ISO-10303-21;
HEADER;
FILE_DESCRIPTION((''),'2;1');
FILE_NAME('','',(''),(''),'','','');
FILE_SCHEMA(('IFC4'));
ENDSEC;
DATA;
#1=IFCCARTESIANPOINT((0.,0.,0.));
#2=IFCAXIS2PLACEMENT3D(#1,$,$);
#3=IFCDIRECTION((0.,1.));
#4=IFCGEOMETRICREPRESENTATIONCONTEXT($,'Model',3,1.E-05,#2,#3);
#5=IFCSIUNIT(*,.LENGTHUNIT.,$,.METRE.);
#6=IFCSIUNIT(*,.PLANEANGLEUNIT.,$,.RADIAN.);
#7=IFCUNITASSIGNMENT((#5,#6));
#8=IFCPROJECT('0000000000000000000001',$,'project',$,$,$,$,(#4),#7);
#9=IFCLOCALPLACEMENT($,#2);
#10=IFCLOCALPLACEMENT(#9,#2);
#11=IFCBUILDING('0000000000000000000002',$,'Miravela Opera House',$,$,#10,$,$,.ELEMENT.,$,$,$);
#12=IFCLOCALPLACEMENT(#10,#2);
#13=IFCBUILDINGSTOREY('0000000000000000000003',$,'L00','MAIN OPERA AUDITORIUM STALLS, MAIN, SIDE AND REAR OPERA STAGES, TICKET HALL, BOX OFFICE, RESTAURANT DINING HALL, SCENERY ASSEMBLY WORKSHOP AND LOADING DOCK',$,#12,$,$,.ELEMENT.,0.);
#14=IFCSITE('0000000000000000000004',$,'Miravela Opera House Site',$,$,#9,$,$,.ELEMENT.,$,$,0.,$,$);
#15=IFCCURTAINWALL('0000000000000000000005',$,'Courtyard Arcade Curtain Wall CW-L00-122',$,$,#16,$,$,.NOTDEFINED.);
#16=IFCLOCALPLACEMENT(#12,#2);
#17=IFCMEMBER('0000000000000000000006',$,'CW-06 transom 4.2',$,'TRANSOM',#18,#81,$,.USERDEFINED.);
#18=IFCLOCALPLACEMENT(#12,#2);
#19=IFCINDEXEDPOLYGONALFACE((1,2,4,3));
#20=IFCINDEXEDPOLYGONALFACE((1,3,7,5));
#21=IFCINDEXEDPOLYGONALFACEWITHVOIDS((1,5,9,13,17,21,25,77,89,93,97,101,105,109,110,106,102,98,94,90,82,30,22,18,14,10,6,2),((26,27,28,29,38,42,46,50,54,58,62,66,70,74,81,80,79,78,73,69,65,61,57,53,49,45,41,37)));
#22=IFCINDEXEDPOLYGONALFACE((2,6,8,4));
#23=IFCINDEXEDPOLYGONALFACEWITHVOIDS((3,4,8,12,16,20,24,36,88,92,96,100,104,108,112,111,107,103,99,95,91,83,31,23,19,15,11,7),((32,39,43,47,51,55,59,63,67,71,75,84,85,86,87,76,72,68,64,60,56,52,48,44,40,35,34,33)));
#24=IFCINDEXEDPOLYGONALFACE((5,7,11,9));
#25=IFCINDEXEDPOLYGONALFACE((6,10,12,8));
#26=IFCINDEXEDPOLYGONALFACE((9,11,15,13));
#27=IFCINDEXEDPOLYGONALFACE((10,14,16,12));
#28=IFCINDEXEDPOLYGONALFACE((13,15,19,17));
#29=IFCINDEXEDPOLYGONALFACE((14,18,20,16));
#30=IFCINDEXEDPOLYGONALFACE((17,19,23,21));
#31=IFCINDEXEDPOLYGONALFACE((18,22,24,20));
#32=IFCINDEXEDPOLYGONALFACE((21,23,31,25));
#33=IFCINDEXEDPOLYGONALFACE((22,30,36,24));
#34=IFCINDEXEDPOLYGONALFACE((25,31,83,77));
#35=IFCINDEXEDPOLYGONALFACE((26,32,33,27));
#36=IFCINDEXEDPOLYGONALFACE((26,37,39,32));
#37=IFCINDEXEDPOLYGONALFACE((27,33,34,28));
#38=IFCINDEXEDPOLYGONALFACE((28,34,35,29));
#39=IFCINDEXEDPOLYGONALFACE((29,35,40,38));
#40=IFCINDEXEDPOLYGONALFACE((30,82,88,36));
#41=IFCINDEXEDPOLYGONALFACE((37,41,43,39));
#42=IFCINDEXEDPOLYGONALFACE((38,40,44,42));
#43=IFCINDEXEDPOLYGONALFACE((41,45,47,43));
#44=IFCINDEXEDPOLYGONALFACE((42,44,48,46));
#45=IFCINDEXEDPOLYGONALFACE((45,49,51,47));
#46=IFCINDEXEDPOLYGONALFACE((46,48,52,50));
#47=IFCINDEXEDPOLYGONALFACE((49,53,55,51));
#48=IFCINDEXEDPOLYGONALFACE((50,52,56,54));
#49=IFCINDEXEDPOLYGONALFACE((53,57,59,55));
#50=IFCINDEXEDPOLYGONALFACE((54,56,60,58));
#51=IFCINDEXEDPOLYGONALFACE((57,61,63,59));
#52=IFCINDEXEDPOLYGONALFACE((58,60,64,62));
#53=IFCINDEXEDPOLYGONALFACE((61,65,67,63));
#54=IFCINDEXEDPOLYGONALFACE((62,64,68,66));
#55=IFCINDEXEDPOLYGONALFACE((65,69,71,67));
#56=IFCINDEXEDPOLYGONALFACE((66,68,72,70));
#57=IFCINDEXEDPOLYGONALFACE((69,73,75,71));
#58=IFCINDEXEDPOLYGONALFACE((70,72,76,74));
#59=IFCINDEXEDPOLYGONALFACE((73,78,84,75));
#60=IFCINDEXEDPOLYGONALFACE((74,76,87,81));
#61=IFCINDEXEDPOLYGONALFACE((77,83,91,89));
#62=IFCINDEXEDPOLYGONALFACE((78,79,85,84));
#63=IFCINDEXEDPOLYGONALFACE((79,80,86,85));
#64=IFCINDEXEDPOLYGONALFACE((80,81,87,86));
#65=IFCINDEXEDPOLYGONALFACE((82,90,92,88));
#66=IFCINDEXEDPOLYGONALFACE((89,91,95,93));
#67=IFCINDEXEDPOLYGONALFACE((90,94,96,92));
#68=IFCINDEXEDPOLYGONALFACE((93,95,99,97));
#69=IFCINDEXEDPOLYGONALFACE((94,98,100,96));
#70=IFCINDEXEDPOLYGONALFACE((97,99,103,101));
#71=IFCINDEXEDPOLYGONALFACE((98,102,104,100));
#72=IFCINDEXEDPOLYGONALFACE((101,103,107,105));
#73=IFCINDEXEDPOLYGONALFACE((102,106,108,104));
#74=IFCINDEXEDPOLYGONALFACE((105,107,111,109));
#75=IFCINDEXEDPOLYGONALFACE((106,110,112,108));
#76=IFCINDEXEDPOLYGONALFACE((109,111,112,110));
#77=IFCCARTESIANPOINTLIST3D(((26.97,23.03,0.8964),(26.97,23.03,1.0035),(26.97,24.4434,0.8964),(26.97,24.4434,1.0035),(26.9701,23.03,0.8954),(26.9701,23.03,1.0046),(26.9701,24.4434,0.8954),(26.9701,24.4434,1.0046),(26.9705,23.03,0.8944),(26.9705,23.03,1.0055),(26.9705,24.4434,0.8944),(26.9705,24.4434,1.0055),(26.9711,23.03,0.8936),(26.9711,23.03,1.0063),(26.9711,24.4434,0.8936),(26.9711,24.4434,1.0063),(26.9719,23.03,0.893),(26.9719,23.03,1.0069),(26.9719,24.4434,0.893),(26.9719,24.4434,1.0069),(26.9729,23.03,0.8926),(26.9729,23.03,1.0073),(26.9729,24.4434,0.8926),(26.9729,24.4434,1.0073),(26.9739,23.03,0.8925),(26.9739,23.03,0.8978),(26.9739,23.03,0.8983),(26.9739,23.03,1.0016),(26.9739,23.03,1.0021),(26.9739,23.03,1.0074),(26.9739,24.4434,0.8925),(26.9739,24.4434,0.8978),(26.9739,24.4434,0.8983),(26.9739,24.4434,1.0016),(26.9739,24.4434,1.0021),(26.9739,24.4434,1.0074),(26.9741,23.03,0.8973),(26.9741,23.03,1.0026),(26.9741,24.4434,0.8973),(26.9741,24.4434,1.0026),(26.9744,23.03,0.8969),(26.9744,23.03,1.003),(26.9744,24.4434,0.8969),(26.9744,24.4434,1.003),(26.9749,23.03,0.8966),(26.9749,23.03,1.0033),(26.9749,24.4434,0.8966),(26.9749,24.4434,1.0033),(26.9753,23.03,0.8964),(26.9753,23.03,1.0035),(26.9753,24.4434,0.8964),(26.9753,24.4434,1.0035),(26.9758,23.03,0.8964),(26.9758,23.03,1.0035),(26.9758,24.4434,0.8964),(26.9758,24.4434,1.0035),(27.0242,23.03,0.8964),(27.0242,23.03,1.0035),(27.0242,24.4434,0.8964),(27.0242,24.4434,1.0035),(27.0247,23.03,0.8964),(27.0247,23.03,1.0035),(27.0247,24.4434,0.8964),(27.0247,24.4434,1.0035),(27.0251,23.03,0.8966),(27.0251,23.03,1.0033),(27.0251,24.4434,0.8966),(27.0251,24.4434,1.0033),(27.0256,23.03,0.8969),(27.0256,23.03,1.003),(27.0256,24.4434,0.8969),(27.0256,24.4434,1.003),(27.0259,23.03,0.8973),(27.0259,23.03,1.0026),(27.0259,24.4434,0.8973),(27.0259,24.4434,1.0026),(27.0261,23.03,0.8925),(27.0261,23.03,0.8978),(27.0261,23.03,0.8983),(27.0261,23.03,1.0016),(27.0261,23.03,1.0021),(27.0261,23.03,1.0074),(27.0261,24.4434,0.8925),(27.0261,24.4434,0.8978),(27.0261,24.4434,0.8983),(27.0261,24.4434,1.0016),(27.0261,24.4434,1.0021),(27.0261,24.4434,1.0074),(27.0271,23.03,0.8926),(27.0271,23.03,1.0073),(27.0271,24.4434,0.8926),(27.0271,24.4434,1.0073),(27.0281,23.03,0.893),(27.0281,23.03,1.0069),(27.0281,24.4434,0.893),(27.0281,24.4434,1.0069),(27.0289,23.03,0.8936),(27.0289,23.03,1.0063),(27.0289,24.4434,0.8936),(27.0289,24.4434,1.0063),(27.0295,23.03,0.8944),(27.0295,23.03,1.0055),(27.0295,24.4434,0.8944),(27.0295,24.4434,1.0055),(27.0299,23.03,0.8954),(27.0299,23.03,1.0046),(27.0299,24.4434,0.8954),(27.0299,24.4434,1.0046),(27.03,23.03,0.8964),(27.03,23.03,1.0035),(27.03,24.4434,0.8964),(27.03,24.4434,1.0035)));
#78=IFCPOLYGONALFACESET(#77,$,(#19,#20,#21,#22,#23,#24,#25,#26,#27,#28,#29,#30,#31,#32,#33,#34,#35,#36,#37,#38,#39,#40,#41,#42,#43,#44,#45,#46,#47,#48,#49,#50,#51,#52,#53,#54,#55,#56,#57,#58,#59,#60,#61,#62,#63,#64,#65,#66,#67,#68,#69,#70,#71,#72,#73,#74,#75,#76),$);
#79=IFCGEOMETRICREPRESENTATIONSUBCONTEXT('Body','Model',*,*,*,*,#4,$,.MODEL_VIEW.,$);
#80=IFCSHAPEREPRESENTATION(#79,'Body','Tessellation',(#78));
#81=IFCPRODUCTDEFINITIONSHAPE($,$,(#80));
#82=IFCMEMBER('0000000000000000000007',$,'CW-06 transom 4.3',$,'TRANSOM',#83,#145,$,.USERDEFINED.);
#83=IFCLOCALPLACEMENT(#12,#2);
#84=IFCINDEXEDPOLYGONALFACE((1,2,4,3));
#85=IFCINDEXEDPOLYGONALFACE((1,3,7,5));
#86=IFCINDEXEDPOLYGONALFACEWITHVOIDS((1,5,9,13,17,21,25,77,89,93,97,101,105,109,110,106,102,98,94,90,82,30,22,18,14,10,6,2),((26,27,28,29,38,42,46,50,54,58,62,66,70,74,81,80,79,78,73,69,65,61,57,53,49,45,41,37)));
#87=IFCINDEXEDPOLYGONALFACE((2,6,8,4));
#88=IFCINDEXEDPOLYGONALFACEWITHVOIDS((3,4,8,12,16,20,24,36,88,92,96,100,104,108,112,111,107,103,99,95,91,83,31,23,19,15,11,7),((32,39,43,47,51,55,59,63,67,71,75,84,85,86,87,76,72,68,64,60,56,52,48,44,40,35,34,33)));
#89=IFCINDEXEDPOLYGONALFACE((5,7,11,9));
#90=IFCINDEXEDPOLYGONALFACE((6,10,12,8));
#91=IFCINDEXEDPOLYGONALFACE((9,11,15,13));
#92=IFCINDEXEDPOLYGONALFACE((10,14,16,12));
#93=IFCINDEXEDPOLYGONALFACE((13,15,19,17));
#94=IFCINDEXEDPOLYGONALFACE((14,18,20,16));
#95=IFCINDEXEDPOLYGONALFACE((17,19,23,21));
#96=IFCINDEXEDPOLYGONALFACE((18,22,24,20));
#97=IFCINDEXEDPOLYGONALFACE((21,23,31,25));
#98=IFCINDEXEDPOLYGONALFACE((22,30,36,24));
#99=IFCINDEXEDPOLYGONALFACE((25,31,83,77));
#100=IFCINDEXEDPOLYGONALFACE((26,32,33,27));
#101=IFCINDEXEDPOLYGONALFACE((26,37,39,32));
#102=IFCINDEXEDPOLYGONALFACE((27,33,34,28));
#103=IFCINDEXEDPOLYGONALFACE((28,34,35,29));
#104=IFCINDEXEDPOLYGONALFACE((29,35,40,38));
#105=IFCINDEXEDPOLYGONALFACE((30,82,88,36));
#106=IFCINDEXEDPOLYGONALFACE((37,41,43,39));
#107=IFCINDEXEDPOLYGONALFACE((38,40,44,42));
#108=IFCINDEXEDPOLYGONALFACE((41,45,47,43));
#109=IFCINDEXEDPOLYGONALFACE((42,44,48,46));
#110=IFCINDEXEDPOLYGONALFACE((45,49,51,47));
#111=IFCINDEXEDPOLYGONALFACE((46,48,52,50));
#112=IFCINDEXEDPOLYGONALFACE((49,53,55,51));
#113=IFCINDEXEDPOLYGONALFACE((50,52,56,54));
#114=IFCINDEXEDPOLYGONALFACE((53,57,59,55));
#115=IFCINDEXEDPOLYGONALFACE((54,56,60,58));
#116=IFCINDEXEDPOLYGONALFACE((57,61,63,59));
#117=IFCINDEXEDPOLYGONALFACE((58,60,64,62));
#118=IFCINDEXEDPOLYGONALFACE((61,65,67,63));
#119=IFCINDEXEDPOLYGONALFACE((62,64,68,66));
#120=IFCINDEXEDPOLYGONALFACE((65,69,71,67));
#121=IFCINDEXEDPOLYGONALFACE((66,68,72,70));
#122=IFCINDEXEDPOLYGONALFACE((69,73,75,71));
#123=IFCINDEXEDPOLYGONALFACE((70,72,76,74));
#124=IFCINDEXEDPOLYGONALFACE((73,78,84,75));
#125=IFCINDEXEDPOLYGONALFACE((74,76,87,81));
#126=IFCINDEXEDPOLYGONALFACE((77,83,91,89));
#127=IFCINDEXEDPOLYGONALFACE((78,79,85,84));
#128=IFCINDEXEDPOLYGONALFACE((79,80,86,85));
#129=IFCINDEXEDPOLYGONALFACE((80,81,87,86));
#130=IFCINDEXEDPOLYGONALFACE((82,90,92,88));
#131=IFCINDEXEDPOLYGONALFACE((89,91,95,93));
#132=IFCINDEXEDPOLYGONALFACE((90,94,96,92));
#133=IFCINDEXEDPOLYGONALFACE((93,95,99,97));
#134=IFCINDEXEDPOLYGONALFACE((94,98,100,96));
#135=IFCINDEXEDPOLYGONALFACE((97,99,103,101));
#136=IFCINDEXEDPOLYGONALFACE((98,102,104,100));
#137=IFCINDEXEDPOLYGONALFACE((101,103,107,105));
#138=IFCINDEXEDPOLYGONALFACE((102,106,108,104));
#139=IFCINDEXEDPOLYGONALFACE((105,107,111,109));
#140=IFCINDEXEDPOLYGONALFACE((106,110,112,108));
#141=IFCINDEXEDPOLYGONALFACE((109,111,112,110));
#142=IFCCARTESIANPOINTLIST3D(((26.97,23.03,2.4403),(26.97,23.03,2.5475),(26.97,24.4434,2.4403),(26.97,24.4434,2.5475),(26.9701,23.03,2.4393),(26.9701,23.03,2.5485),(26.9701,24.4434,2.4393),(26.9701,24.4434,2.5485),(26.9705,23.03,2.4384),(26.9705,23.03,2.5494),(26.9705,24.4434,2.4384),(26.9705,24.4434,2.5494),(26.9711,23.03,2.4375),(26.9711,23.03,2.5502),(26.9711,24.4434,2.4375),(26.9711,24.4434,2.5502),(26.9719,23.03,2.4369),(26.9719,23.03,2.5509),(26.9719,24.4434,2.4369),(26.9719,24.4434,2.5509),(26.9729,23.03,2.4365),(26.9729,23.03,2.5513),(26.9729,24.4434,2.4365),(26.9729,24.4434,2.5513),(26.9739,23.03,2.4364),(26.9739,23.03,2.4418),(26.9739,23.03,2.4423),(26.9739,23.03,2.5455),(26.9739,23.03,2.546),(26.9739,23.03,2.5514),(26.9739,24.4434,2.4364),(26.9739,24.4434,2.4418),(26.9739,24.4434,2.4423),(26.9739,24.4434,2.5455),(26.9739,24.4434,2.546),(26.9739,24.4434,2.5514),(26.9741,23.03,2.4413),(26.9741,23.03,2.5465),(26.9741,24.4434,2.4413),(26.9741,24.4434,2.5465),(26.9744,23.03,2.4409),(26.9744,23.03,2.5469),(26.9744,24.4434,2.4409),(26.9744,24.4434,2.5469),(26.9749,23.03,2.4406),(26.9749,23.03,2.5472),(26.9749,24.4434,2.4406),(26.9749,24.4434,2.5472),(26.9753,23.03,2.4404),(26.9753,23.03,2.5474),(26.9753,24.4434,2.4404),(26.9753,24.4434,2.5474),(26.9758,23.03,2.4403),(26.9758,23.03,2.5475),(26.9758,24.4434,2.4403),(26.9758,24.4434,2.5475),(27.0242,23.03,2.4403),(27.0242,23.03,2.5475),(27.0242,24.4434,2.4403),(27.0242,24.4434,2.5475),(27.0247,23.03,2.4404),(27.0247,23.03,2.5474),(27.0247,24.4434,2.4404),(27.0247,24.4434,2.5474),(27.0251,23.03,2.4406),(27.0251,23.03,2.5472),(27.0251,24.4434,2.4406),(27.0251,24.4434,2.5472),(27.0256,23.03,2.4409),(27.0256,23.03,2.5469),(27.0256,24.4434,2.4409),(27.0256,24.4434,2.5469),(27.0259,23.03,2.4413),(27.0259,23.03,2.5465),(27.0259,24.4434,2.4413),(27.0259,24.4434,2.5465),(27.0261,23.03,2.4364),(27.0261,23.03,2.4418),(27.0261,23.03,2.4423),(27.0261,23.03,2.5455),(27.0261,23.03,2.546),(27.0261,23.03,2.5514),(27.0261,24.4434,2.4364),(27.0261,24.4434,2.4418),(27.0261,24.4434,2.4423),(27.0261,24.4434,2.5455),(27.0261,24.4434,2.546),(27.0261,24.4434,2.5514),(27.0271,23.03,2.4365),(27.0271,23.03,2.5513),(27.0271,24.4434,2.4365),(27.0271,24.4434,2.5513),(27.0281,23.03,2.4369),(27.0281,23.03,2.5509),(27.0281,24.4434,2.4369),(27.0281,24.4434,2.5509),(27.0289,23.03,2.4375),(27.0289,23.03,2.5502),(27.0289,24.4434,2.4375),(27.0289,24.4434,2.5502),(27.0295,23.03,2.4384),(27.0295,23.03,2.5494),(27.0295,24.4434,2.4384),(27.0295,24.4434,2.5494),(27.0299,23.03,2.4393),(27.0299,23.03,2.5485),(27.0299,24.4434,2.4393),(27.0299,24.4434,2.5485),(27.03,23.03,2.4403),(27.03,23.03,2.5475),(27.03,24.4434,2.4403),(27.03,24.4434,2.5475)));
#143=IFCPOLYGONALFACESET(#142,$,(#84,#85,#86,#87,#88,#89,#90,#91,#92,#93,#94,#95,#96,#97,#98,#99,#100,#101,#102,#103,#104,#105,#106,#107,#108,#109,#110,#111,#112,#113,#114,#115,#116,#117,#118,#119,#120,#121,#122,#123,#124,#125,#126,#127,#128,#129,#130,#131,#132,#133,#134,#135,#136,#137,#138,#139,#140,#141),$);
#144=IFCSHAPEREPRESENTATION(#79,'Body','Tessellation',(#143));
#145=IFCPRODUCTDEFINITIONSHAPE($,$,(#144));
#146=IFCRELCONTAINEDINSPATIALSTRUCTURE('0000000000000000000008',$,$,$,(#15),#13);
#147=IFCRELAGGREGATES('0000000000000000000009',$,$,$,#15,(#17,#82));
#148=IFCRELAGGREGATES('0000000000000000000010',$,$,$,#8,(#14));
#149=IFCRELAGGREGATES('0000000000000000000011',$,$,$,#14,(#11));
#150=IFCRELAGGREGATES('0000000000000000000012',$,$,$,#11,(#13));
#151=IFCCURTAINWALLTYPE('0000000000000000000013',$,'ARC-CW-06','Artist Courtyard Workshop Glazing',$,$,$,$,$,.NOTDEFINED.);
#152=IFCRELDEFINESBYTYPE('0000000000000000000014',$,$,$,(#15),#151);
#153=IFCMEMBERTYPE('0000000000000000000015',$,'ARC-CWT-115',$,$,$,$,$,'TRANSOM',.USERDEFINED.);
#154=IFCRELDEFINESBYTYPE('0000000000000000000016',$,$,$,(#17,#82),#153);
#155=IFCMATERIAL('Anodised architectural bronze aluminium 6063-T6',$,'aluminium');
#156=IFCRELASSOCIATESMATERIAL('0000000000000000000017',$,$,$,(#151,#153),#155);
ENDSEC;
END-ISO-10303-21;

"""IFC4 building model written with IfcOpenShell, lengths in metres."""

from ifc_helpers import new_model, si_unit, direction, frame, origin, origin_2d, place, context, subcontext, project, spatial, hollow_rectangle, extrude, material, material_profile, profile_set, type_object, element, aggregate, save


model = new_model("IFC4")

# Units and contexts
model_context = context("Model", 3, precision=1e-05, world=origin(), true_north=direction((0.0, 1.0)))
body_context = subcontext(model_context, "Body", "Model", "MODEL_VIEW")
ifc_project = project(units=[si_unit("LENGTHUNIT", "METRE"), si_unit("PLANEANGLEUNIT", "RADIAN")], contexts=[model_context])

# Site, building, storey
site_placement = place(None, origin())
site = spatial("IfcSite", under=ifc_project, at=site_placement, Name="Miravela Opera House Site", CompositionType="ELEMENT", RefElevation=0.0)
building_placement = place(site_placement, origin())
building = spatial("IfcBuilding", under=site, at=building_placement, Name="Miravela Opera House", CompositionType="ELEMENT")
storey_placement = place(building_placement, origin())
storey = spatial("IfcBuildingStorey", under=building, at=storey_placement, Name="L00", Description="MAIN OPERA AUDITORIUM STALLS, MAIN, SIDE AND REAR OPERA STAGES, TICKET HALL, BOX OFFICE, RESTAURANT DINING HALL, SCENERY ASSEMBLY WORKSHOP AND LOADING DOCK", CompositionType="ELEMENT", Elevation=0.0)

# Curtain wall, members
ifc_material_1 = material(Name="Anodised architectural bronze aluminium 6063-T6", Category="aluminium")
curtain_wall_type = type_object("IfcCurtainWallType", Name="ARC-CW-06", Description="Artist Courtyard Workshop Glazing", PredefinedType="NOTDEFINED", material=ifc_material_1)
curtain_wall_placement = place(storey_placement, origin())
curtain_wall = element("IfcCurtainWall", 1, at=curtain_wall_placement, inside=storey, type_object=curtain_wall_type, Name="Courtyard Arcade Curtain Wall CW-L00-122", PredefinedType="NOTDEFINED")
ifc_material_profile_1 = material_profile(ifc_material_1, hollow_rectangle(XDim=0.0601, YDim=0.115, WallThickness=0.0039, InnerFilletRadius=0.002, OuterFilletRadius=0.0039, at=origin_2d()), Name="CWT-60X115")
ifc_profile_set_1 = profile_set([ifc_material_profile_1])
member_type_1 = type_object("IfcMemberType", Name="ARC-CWT-115", ElementType="TRANSOM", PredefinedType="USERDEFINED", material=ifc_profile_set_1)
member_1_placement = place(storey_placement, frame((27.0, 23.03, 0.95), z_axis=(0.0, 1.0, 0.0), x_axis=(-1.0, 0.0, 0.0)))
member_1 = element("IfcMember", 2, at=member_1_placement, type_object=member_type_1, Name="CW-06 transom 4.2", ObjectType="TRANSOM", PredefinedType="USERDEFINED", context=body_context, shape_type="SweptSolid", body=[
    extrude(hollow_rectangle(XDim=0.0601, YDim=0.115, WallThickness=0.0039, InnerFilletRadius=0.002, OuterFilletRadius=0.0039, at=origin_2d()), origin(), (0.0, 0.0, 1.0), 1.4133),
])
member_2_placement = place(storey_placement, frame((27.0, 23.03, 2.4939), z_axis=(0.0, 1.0, 0.0), x_axis=(-1.0, 0.0, 0.0)))
member_2 = element("IfcMember", 3, at=member_2_placement, type_object=member_type_1, Name="CW-06 transom 4.3", ObjectType="TRANSOM", PredefinedType="USERDEFINED", context=body_context, shape_type="SweptSolid", body=[
    extrude(hollow_rectangle(XDim=0.0601, YDim=0.115, WallThickness=0.0039, InnerFilletRadius=0.002, OuterFilletRadius=0.0039, at=origin_2d()), origin(), (0.0, 0.0, 1.0), 1.4133),
])
aggregate(curtain_wall, [member_1, member_2])

save(model, "model.ifc")
